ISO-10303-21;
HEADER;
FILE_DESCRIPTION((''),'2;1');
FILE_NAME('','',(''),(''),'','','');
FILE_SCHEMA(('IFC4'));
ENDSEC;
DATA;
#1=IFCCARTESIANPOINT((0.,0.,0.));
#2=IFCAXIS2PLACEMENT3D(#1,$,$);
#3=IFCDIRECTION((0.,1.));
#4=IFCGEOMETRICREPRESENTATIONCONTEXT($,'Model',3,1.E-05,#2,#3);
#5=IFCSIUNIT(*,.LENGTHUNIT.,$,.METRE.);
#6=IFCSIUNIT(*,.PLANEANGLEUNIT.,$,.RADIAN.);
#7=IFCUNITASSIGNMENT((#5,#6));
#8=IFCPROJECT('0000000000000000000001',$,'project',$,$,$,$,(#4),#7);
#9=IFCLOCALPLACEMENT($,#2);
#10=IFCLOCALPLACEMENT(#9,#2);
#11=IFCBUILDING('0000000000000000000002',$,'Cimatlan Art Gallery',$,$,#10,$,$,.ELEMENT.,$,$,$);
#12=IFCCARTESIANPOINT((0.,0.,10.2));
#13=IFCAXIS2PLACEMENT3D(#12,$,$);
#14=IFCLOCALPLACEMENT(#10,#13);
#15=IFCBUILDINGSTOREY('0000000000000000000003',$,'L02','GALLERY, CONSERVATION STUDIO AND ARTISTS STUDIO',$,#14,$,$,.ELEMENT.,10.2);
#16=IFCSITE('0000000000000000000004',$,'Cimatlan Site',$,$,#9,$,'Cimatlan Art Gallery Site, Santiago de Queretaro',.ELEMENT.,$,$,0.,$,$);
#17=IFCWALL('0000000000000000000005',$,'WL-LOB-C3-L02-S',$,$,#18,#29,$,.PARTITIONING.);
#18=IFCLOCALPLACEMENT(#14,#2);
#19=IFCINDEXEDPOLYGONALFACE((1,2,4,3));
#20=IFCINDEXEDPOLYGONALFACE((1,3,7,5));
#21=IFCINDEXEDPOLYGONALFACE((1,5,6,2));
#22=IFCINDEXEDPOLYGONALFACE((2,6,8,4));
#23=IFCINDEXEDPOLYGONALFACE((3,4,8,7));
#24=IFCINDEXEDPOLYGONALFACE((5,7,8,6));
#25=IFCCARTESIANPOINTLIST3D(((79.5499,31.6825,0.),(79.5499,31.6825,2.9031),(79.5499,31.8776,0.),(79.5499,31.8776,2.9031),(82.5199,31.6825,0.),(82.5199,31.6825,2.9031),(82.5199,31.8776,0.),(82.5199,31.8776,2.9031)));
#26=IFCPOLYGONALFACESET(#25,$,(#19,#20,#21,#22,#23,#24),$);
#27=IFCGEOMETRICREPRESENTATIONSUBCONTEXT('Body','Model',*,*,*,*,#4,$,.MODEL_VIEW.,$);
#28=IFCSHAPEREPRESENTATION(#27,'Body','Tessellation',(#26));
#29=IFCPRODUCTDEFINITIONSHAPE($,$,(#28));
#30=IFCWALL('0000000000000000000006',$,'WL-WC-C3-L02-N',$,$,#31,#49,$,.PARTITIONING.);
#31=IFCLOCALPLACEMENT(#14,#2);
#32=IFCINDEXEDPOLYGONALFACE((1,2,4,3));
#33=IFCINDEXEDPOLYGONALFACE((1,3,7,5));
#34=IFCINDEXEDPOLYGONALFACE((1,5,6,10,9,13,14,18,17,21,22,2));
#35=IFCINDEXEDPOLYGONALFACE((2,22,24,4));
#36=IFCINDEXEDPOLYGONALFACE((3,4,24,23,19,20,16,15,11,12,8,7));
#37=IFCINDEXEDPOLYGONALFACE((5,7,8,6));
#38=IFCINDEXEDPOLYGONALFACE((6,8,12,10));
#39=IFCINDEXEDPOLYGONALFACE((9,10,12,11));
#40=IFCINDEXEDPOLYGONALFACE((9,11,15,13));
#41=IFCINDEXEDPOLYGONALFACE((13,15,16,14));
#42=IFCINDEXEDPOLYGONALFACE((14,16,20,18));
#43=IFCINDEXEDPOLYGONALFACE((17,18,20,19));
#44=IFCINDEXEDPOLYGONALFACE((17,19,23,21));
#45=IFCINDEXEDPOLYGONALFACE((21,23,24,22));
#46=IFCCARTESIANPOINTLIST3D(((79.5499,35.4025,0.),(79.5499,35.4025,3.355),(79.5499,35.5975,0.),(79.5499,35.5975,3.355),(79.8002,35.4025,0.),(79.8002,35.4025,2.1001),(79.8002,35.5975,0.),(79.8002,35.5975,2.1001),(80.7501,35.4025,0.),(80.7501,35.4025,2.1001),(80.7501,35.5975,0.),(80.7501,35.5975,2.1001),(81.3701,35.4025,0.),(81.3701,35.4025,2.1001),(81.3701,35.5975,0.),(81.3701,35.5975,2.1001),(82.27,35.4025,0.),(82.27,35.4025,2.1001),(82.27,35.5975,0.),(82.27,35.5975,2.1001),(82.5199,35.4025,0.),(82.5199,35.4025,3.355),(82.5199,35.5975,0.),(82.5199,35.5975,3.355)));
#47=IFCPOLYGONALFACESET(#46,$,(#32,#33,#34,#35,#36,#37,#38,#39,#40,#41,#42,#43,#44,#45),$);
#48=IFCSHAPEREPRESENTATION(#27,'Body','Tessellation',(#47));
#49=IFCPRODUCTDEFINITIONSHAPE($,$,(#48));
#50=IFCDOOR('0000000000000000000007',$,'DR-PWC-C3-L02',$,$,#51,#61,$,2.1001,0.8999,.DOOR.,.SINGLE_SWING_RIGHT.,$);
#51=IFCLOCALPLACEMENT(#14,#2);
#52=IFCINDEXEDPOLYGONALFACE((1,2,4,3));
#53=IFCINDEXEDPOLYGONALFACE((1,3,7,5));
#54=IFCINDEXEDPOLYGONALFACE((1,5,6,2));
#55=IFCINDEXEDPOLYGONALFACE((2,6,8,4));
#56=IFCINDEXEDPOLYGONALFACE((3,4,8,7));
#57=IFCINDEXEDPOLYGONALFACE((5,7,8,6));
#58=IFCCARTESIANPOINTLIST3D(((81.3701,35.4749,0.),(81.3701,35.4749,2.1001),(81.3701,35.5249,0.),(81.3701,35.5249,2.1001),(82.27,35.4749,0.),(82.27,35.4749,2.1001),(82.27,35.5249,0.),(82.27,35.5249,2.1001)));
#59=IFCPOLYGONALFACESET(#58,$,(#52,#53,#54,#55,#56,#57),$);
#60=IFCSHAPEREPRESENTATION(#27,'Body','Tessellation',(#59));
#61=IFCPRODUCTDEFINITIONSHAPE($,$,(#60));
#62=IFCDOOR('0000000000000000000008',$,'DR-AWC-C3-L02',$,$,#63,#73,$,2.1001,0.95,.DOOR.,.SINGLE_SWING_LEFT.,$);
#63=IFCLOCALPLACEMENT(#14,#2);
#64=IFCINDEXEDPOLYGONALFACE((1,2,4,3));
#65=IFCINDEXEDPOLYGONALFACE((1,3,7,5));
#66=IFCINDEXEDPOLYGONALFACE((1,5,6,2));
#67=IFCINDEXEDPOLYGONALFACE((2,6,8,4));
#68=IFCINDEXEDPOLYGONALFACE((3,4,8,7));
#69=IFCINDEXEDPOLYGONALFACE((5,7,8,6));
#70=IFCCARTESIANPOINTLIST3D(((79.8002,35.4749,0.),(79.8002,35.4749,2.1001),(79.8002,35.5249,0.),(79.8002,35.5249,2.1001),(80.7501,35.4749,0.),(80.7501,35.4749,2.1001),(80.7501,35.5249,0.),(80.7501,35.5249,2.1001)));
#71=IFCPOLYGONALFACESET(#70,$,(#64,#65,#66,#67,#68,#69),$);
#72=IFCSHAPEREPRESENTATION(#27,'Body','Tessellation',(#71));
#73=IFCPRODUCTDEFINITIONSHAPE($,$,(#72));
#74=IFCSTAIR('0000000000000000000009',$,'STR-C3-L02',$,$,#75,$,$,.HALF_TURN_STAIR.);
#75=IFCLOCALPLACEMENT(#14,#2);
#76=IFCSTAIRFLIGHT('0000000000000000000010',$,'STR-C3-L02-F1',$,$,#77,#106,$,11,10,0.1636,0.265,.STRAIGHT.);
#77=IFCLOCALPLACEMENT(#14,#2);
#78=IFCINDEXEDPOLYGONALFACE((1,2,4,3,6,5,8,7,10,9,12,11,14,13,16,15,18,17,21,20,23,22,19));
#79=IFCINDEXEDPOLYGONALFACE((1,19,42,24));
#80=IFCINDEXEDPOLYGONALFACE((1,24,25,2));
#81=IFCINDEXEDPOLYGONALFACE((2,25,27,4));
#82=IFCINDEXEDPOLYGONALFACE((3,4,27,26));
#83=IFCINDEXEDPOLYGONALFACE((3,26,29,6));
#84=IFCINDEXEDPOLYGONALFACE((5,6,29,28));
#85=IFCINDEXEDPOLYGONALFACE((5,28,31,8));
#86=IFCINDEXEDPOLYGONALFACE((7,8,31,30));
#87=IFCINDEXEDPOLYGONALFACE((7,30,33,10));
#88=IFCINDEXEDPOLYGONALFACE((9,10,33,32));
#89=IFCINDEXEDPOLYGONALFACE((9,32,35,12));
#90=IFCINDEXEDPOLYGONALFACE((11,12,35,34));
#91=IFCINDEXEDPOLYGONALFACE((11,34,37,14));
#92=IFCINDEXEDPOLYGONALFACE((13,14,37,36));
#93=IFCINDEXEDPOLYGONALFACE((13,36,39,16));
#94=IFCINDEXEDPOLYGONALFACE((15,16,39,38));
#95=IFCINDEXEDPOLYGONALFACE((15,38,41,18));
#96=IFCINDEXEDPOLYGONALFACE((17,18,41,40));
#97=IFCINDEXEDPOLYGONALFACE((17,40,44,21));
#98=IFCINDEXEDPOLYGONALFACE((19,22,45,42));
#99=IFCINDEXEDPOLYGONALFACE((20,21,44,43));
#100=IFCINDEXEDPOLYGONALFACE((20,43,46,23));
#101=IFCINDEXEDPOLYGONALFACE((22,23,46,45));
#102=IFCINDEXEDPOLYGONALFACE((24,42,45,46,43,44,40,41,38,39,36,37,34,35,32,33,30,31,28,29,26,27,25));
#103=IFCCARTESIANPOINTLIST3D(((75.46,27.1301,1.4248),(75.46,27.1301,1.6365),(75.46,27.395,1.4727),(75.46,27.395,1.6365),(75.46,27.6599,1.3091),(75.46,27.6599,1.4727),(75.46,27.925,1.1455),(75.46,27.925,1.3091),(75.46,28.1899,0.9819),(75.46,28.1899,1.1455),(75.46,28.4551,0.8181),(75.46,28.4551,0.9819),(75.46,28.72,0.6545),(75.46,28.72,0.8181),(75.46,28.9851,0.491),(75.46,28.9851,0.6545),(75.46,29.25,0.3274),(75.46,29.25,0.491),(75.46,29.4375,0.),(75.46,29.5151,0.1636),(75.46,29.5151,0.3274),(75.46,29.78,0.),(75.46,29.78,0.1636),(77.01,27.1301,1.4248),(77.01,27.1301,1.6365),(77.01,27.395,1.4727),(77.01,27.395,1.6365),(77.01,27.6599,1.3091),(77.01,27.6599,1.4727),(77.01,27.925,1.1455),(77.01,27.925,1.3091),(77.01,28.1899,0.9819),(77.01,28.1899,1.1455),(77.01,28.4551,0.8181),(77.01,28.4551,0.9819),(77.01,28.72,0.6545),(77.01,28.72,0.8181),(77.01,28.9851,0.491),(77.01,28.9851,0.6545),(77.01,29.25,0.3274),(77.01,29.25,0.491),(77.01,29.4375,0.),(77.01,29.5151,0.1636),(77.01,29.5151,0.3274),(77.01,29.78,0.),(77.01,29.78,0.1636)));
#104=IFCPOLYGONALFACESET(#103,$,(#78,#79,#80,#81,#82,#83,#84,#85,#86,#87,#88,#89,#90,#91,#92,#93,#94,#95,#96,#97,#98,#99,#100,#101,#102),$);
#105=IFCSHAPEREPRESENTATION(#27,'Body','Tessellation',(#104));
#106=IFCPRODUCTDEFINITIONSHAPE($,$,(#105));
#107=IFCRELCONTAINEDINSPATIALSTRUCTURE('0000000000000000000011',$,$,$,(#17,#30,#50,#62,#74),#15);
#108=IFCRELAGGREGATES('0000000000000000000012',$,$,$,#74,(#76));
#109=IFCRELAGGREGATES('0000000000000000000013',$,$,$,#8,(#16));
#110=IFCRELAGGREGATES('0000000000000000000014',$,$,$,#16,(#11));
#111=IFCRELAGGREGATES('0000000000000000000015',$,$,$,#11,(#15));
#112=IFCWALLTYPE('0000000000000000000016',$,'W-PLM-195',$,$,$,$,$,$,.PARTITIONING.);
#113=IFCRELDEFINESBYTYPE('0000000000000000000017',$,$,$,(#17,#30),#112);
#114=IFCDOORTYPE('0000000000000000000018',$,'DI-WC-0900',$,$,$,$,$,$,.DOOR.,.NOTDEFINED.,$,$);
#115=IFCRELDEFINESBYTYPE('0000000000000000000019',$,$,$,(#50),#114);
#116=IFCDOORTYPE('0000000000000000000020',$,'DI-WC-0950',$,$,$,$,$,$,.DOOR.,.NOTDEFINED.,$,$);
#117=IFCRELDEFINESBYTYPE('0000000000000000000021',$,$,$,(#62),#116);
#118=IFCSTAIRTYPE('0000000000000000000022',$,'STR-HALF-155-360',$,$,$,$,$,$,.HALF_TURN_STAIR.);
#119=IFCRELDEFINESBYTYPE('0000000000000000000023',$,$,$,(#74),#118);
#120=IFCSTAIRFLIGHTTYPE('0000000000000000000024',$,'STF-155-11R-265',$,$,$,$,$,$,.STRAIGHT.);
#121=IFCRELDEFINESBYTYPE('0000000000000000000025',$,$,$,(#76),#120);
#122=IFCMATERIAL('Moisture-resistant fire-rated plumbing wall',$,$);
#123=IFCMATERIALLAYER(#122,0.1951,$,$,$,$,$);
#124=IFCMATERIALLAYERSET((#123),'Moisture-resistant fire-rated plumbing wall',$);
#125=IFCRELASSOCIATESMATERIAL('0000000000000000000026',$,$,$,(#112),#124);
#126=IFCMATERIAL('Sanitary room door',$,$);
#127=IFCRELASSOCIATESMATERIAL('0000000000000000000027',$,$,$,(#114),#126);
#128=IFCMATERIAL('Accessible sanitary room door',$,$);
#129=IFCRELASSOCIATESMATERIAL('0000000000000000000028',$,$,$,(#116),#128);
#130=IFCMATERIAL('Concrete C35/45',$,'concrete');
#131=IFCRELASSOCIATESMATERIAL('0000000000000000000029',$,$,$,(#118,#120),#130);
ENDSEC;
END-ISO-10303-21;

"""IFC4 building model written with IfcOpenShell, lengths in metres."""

from ifc_helpers import new_model, si_unit, direction, frame, frame_2d, origin, place, context, subcontext, project, spatial, polyline, rectangle, outline, extrude, material, layer, layer_set, type_object, element, fill, aggregate, save


model = new_model("IFC4")

# Units and contexts
model_context = context("Model", 3, precision=1e-05, world=origin(), true_north=direction((0.0, 1.0)))
body_context = subcontext(model_context, "Body", "Model", "MODEL_VIEW")
ifc_project = project(units=[si_unit("LENGTHUNIT", "METRE"), si_unit("PLANEANGLEUNIT", "RADIAN")], contexts=[model_context])

# Site, building, storey
site_placement = place(None, origin())
site = spatial("IfcSite", under=ifc_project, at=site_placement, Name="Cimatlan Site", LongName="Cimatlan Art Gallery Site, Santiago de Queretaro", CompositionType="ELEMENT", RefElevation=0.0)
building_placement = place(site_placement, origin())
building = spatial("IfcBuilding", under=site, at=building_placement, Name="Cimatlan Art Gallery", CompositionType="ELEMENT")
storey_placement = place(building_placement, frame((0.0, 0.0, 10.2)))
storey = spatial("IfcBuildingStorey", under=building, at=storey_placement, Name="L02", Description="GALLERY, CONSERVATION STUDIO AND ARTISTS STUDIO", CompositionType="ELEMENT", Elevation=10.2)

# Wall
ifc_material_1 = material(Name="Moisture-resistant fire-rated plumbing wall")
ifc_layer_1 = layer(ifc_material_1, 0.1951)
ifc_layer_set_1 = layer_set([ifc_layer_1], Name="Moisture-resistant fire-rated plumbing wall")
wall_type_1 = type_object("IfcWallType", Name="W-PLM-195", PredefinedType="PARTITIONING", material=ifc_layer_set_1)
wall_1_placement = place(storey_placement, frame((79.55, 31.78, 0.0), z_axis=(0.0, 0.0, 1.0), x_axis=(1.0, 0.0, 0.0)))
element("IfcWall", 1, at=wall_1_placement, inside=storey, type_object=wall_type_1, Name="WL-LOB-C3-L02-S", PredefinedType="PARTITIONING", context=body_context, shape_type="SweptSolid", body=[
    extrude(rectangle(XDim=2.97, YDim=0.1951, at=frame_2d((1.4849, 0.0))), origin(), (0.0, 0.0, 1.0), 2.9031),
])

# Wall, openings, doors
wall_2_placement = place(storey_placement, frame((79.55, 35.5, 0.0), z_axis=(0.0, 0.0, 1.0), x_axis=(1.0, 0.0, 0.0)))
wall_2 = element("IfcWall", 2, at=wall_2_placement, inside=storey, type_object=wall_type_1, Name="WL-WC-C3-L02-N", PredefinedType="PARTITIONING", context=body_context, shape_type="SweptSolid", body=[
    extrude(rectangle(XDim=2.97, YDim=0.1951, at=frame_2d((1.4849, 0.0))), origin(), (0.0, 0.0, 1.0), 3.355),
])
opening_1_placement = place(wall_2_placement, frame((0.25, 0.0, 0.0)))
opening_1 = element("IfcOpeningElement", 3, at=opening_1_placement, cuts=wall_2, PredefinedType="OPENING", context=body_context, shape_type="SweptSolid", body=[
    extrude(rectangle(XDim=0.95, YDim=2.1001, at=frame_2d((0.4751, 1.05))), frame((0.0, 0.1074, 0.0), z_axis=(0.0, -1.0, 0.0), x_axis=(1.0, 0.0, 0.0)), (0.0, 0.0, 1.0), 0.2151),
])
opening_2_placement = place(wall_2_placement, frame((1.8201, 0.0, 0.0)))
opening_2 = element("IfcOpeningElement", 4, at=opening_2_placement, cuts=wall_2, PredefinedType="OPENING", context=body_context, shape_type="SweptSolid", body=[
    extrude(rectangle(XDim=0.8999, YDim=2.1001, at=frame_2d((0.45, 1.05))), frame((0.0, 0.1074, 0.0), z_axis=(0.0, -1.0, 0.0), x_axis=(1.0, 0.0, 0.0)), (0.0, 0.0, 1.0), 0.2151),
])
ifc_material_2 = material(Name="Sanitary room door")
door_type_1 = type_object("IfcDoorType", Name="DI-WC-0900", OperationType="NOTDEFINED", PredefinedType="DOOR", material=ifc_material_2)
door_1_placement = place(opening_2_placement, origin())
door_1 = element("IfcDoor", 5, at=door_1_placement, inside=storey, type_object=door_type_1, Name="DR-PWC-C3-L02", OperationType="SINGLE_SWING_RIGHT", OverallHeight=2.1001, OverallWidth=0.8999, PredefinedType="DOOR", context=body_context, shape_type="SweptSolid", body=[
    extrude(rectangle(XDim=0.8999, YDim=2.1001, at=frame_2d((0.45, 1.05))), frame((0.0, 0.0249, 0.0), z_axis=(0.0, -1.0, 0.0), x_axis=(1.0, 0.0, 0.0)), (0.0, 0.0, 1.0), 0.05),
])
fill(opening_2, door_1)
ifc_material_3 = material(Name="Accessible sanitary room door")
door_type_2 = type_object("IfcDoorType", Name="DI-WC-0950", OperationType="NOTDEFINED", PredefinedType="DOOR", material=ifc_material_3)
door_2_placement = place(opening_1_placement, origin())
door_2 = element("IfcDoor", 6, at=door_2_placement, inside=storey, type_object=door_type_2, Name="DR-AWC-C3-L02", OperationType="SINGLE_SWING_LEFT", OverallHeight=2.1001, OverallWidth=0.95, PredefinedType="DOOR", context=body_context, shape_type="SweptSolid", body=[
    extrude(rectangle(XDim=0.95, YDim=2.1001, at=frame_2d((0.4751, 1.05))), frame((0.0, 0.0249, 0.0), z_axis=(0.0, -1.0, 0.0), x_axis=(1.0, 0.0, 0.0)), (0.0, 0.0, 1.0), 0.05),
])
fill(opening_1, door_2)

# Stair, stair flight
ifc_material_4 = material(Name="Concrete C35/45", Category="concrete")
stair_type = type_object("IfcStairType", Name="STR-HALF-155-360", PredefinedType="HALF_TURN_STAIR", material=ifc_material_4)
stair_placement = place(storey_placement, origin())
stair = element("IfcStair", 7, at=stair_placement, inside=storey, type_object=stair_type, Name="STR-C3-L02", PredefinedType="HALF_TURN_STAIR")
stair_flight_type = type_object("IfcStairFlightType", Name="STF-155-11R-265", PredefinedType="STRAIGHT", material=ifc_material_4)
stair_flight_placement = place(storey_placement, frame((76.2351, 29.78, 0.0), z_axis=(0.0, 0.0, 1.0), x_axis=(0.0, -1.0, 0.0)))
stair_flight = element("IfcStairFlight", 8, at=stair_flight_placement, type_object=stair_flight_type, Name="STR-C3-L02-F1", NumberOfRisers=11, NumberOfTreads=10, PredefinedType="STRAIGHT", RiserHeight=0.1636, TreadLength=0.265, context=body_context, shape_type="SweptSolid", body=[
    extrude(outline(polyline([(0.0, 0.0), (0.0, 0.1636), (0.2649, 0.1636), (0.2649, 0.3274), (0.53, 0.3274), (0.53, 0.491), (0.7949, 0.491), (0.7949, 0.6545), (1.0601, 0.6545), (1.0601, 0.8181), (1.325, 0.8181), (1.325, 0.9819), (1.5901, 0.9819), (1.5901, 1.1455), (1.855, 1.1455), (1.855, 1.3091), (2.1201, 1.3091), (2.1201, 1.4727), (2.385, 1.4727), (2.385, 1.6365), (2.6499, 1.6365), (2.6499, 1.8), (2.6499, 1.4248), (0.3425, 0.0), (0.0, 0.0)])), frame((0.0, 0.7749, 0.0), z_axis=(0.0, -1.0, 0.0), x_axis=(1.0, 0.0, 0.0)), (0.0, 0.0, 1.0), 1.55),
])
aggregate(stair, [stair_flight])

save(model, "model.ifc")
